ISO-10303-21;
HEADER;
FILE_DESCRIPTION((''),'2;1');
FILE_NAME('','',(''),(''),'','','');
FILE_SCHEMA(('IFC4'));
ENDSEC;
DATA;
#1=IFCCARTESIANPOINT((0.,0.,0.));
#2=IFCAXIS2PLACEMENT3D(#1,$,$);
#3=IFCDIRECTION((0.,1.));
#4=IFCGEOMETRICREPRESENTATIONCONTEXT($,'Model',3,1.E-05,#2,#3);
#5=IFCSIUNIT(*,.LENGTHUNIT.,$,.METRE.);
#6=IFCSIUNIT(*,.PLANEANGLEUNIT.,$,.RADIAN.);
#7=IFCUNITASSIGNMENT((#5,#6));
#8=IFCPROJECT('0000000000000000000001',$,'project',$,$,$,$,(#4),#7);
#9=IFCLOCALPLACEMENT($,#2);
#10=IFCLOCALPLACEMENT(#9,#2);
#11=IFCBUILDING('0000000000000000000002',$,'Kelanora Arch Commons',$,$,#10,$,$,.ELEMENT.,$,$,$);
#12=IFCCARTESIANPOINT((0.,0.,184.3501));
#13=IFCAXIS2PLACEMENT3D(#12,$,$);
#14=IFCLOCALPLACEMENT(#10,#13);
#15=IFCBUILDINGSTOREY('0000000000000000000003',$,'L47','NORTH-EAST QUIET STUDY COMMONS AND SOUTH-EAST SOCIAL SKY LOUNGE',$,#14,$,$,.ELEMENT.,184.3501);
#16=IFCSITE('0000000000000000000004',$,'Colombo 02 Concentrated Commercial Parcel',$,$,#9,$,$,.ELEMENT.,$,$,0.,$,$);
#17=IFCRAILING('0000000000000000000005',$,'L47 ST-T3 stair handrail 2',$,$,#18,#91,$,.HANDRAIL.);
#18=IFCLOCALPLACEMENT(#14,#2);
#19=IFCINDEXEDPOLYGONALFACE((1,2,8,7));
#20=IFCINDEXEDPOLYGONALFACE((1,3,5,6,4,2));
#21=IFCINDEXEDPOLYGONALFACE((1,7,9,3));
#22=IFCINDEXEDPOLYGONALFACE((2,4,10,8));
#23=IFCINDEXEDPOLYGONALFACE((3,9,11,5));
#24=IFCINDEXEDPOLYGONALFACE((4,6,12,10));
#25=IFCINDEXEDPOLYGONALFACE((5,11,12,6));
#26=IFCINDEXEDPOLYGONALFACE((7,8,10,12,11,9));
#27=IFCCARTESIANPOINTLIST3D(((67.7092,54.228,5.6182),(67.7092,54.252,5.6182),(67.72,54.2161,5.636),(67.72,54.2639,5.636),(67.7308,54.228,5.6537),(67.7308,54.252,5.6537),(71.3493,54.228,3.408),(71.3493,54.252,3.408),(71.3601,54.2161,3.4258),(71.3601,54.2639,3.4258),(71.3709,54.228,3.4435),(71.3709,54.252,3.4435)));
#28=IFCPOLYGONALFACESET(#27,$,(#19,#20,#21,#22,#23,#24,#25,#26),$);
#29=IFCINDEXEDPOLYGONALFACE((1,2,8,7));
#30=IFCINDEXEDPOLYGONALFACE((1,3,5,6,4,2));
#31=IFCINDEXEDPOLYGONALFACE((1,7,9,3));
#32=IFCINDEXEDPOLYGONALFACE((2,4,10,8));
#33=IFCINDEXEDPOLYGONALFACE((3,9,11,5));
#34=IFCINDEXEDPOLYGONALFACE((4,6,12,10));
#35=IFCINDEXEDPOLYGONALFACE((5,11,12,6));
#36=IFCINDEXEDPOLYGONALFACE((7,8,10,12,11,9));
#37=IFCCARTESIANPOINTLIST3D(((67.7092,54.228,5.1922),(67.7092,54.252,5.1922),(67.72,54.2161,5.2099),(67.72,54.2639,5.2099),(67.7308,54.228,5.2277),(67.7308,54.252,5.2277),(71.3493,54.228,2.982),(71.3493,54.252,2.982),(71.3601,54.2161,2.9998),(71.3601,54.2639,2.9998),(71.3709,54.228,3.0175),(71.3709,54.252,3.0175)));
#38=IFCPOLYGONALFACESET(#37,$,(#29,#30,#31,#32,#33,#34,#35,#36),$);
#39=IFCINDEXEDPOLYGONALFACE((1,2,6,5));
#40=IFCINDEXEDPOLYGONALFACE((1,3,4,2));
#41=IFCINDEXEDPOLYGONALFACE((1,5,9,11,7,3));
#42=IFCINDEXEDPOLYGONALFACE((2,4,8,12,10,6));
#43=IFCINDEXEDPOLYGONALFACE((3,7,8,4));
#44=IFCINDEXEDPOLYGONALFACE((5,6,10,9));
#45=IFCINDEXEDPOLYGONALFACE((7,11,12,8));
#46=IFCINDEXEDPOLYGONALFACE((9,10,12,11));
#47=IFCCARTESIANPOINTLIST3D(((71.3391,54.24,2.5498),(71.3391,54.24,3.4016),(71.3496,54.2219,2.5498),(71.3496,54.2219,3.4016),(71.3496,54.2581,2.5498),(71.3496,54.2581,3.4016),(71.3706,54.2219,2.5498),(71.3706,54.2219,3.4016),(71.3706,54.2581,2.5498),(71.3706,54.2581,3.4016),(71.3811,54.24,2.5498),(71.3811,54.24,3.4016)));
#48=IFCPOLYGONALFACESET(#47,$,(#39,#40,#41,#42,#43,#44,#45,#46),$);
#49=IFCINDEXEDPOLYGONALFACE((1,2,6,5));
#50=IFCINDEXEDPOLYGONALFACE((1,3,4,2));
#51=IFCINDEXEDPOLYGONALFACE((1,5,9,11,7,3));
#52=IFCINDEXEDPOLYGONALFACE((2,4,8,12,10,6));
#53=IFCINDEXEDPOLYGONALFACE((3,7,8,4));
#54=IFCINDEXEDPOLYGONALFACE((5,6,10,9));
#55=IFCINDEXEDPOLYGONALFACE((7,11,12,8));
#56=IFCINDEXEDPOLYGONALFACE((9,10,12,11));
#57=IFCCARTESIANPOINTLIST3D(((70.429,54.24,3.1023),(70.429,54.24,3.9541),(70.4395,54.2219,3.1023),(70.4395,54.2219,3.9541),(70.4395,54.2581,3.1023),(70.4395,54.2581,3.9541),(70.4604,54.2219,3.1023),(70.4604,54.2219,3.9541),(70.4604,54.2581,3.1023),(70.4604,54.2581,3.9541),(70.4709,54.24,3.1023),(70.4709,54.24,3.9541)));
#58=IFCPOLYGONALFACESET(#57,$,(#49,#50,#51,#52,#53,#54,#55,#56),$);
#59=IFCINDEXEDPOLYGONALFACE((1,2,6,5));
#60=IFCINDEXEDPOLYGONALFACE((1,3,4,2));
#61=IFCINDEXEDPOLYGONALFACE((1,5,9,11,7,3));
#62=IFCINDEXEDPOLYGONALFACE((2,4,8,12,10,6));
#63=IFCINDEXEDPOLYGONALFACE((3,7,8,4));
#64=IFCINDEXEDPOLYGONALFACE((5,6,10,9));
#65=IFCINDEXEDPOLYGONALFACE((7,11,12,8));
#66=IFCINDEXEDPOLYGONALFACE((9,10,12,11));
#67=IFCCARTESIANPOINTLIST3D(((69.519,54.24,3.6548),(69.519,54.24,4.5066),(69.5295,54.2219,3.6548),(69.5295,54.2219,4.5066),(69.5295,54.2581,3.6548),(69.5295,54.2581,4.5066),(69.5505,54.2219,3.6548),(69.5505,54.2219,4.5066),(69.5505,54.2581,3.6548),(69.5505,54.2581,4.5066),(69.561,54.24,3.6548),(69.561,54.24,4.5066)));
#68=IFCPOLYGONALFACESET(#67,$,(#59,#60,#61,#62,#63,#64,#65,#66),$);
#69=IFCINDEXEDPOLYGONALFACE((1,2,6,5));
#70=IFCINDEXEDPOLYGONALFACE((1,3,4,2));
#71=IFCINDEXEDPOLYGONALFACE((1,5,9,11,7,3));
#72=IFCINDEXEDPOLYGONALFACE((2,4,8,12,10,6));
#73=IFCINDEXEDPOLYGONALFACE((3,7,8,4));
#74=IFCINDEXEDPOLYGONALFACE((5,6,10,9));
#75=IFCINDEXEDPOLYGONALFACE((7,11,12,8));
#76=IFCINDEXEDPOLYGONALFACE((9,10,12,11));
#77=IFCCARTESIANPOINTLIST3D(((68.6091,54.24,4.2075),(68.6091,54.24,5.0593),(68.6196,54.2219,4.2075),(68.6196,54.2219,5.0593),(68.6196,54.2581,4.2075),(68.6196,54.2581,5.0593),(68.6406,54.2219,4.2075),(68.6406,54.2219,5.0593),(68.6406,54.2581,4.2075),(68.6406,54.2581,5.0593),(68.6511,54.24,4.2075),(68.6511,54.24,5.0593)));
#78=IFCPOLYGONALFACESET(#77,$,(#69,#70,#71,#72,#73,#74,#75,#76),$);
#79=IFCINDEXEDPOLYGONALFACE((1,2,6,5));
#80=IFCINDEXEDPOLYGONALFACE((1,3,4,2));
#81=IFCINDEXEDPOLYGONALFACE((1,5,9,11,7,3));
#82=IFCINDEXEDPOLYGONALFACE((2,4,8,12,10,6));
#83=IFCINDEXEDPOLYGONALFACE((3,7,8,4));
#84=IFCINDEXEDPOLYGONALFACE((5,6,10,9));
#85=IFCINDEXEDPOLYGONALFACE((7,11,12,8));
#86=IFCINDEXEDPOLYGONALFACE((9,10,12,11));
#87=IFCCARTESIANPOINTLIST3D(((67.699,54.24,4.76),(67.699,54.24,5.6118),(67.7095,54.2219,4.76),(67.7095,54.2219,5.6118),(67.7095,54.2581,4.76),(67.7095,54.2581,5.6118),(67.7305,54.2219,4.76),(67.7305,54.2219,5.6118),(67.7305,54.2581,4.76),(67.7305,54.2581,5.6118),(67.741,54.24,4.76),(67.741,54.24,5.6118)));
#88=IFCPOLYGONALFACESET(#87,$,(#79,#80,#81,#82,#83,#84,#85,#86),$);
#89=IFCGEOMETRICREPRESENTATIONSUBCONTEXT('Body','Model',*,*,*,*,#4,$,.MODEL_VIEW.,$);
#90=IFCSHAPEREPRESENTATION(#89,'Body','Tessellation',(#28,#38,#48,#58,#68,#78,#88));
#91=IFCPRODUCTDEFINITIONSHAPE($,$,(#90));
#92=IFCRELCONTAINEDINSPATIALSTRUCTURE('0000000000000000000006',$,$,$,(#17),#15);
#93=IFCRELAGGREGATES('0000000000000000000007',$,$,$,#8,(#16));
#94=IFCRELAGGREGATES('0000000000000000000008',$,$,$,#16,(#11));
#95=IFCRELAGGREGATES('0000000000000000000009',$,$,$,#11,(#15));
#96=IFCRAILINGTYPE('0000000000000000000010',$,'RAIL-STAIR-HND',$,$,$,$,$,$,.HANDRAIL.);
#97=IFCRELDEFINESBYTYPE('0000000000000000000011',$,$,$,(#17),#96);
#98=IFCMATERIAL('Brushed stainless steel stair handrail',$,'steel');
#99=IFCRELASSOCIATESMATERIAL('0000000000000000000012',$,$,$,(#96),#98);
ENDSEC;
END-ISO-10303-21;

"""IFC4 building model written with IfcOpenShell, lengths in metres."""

from ifc_helpers import new_model, si_unit, direction, frame, origin, place, context, subcontext, project, spatial, polyline, outline, extrude, material, type_object, element, save


model = new_model("IFC4")

# Units and contexts
model_context = context("Model", 3, precision=1e-05, world=origin(), true_north=direction((0.0, 1.0)))
body_context = subcontext(model_context, "Body", "Model", "MODEL_VIEW")
ifc_project = project(units=[si_unit("LENGTHUNIT", "METRE"), si_unit("PLANEANGLEUNIT", "RADIAN")], contexts=[model_context])

# Site, building, storey
site_placement = place(None, origin())
site = spatial("IfcSite", under=ifc_project, at=site_placement, Name="Colombo 02 Concentrated Commercial Parcel", CompositionType="ELEMENT", RefElevation=0.0)
building_placement = place(site_placement, origin())
building = spatial("IfcBuilding", under=site, at=building_placement, Name="Kelanora Arch Commons", CompositionType="ELEMENT")
storey_placement = place(building_placement, frame((0.0, 0.0, 184.3501)))
storey = spatial("IfcBuildingStorey", under=building, at=storey_placement, Name="L47", Description="NORTH-EAST QUIET STUDY COMMONS AND SOUTH-EAST SOCIAL SKY LOUNGE", CompositionType="ELEMENT", Elevation=184.3501)

# Railing
ifc_material_1 = material(Name="Brushed stainless steel stair handrail", Category="steel")
railing_type_1 = type_object("IfcRailingType", Name="RAIL-STAIR-HND", PredefinedType="HANDRAIL", material=ifc_material_1)
railing_1_placement = place(storey_placement, frame((71.3601, 54.24, 2.5498)))
element("IfcRailing", 1, at=railing_1_placement, inside=storey, type_object=railing_type_1, Name="L47 ST-T3 stair handrail 2", PredefinedType="HANDRAIL", context=body_context, shape_type="SweptSolid", body=[
    extrude(outline(polyline([(0.0239, 0.0), (0.012, 0.0208), (-0.012, 0.0208), (-0.0239, 0.0), (-0.012, -0.0208), (0.012, -0.0208), (0.0239, 0.0)])), frame((0.0, 0.0, 0.876), z_axis=(-0.854775, 0.0, 0.518999), x_axis=(0.0, -1.0, 0.0)), (0.0, 0.0, 1.0), 4.2585),
    extrude(outline(polyline([(0.0239, 0.0), (0.012, 0.0208), (-0.012, 0.0208), (-0.0239, 0.0), (-0.012, -0.0208), (0.012, -0.0208), (0.0239, 0.0)])), frame((0.0, 0.0, 0.45), z_axis=(-0.854775, 0.0, 0.518999), x_axis=(0.0, -1.0, 0.0)), (0.0, 0.0, 1.0), 4.2585),
    extrude(outline(polyline([(0.021, 0.0), (0.0105, 0.0181), (-0.0105, 0.0181), (-0.021, 0.0), (-0.0105, -0.0181), (0.0105, -0.0181), (0.021, 0.0)])), origin(), (0.0, 0.0, 1.0), 0.8518),
    extrude(outline(polyline([(0.021, 0.0), (0.0105, 0.0181), (-0.0105, 0.0181), (-0.021, 0.0), (-0.0105, -0.0181), (0.0105, -0.0181), (0.021, 0.0)])), frame((-0.9102, 0.0, 0.5525)), (0.0, 0.0, 1.0), 0.8518),
    extrude(outline(polyline([(0.021, 0.0), (0.0105, 0.0181), (-0.0105, 0.0181), (-0.021, 0.0), (-0.0105, -0.0181), (0.0105, -0.0181), (0.021, 0.0)])), frame((-1.8201, 0.0, 1.105)), (0.0, 0.0, 1.0), 0.8518),
    extrude(outline(polyline([(0.021, 0.0), (0.0105, 0.0181), (-0.0105, 0.0181), (-0.021, 0.0), (-0.0105, -0.0181), (0.0105, -0.0181), (0.021, 0.0)])), frame((-2.73, 0.0, 1.6577)), (0.0, 0.0, 1.0), 0.8518),
    extrude(outline(polyline([(0.021, 0.0), (0.0105, 0.0181), (-0.0105, 0.0181), (-0.021, 0.0), (-0.0105, -0.0181), (0.0105, -0.0181), (0.021, 0.0)])), frame((-3.6401, 0.0, 2.2102)), (0.0, 0.0, 1.0), 0.8518),
])

save(model, "model.ifc")
